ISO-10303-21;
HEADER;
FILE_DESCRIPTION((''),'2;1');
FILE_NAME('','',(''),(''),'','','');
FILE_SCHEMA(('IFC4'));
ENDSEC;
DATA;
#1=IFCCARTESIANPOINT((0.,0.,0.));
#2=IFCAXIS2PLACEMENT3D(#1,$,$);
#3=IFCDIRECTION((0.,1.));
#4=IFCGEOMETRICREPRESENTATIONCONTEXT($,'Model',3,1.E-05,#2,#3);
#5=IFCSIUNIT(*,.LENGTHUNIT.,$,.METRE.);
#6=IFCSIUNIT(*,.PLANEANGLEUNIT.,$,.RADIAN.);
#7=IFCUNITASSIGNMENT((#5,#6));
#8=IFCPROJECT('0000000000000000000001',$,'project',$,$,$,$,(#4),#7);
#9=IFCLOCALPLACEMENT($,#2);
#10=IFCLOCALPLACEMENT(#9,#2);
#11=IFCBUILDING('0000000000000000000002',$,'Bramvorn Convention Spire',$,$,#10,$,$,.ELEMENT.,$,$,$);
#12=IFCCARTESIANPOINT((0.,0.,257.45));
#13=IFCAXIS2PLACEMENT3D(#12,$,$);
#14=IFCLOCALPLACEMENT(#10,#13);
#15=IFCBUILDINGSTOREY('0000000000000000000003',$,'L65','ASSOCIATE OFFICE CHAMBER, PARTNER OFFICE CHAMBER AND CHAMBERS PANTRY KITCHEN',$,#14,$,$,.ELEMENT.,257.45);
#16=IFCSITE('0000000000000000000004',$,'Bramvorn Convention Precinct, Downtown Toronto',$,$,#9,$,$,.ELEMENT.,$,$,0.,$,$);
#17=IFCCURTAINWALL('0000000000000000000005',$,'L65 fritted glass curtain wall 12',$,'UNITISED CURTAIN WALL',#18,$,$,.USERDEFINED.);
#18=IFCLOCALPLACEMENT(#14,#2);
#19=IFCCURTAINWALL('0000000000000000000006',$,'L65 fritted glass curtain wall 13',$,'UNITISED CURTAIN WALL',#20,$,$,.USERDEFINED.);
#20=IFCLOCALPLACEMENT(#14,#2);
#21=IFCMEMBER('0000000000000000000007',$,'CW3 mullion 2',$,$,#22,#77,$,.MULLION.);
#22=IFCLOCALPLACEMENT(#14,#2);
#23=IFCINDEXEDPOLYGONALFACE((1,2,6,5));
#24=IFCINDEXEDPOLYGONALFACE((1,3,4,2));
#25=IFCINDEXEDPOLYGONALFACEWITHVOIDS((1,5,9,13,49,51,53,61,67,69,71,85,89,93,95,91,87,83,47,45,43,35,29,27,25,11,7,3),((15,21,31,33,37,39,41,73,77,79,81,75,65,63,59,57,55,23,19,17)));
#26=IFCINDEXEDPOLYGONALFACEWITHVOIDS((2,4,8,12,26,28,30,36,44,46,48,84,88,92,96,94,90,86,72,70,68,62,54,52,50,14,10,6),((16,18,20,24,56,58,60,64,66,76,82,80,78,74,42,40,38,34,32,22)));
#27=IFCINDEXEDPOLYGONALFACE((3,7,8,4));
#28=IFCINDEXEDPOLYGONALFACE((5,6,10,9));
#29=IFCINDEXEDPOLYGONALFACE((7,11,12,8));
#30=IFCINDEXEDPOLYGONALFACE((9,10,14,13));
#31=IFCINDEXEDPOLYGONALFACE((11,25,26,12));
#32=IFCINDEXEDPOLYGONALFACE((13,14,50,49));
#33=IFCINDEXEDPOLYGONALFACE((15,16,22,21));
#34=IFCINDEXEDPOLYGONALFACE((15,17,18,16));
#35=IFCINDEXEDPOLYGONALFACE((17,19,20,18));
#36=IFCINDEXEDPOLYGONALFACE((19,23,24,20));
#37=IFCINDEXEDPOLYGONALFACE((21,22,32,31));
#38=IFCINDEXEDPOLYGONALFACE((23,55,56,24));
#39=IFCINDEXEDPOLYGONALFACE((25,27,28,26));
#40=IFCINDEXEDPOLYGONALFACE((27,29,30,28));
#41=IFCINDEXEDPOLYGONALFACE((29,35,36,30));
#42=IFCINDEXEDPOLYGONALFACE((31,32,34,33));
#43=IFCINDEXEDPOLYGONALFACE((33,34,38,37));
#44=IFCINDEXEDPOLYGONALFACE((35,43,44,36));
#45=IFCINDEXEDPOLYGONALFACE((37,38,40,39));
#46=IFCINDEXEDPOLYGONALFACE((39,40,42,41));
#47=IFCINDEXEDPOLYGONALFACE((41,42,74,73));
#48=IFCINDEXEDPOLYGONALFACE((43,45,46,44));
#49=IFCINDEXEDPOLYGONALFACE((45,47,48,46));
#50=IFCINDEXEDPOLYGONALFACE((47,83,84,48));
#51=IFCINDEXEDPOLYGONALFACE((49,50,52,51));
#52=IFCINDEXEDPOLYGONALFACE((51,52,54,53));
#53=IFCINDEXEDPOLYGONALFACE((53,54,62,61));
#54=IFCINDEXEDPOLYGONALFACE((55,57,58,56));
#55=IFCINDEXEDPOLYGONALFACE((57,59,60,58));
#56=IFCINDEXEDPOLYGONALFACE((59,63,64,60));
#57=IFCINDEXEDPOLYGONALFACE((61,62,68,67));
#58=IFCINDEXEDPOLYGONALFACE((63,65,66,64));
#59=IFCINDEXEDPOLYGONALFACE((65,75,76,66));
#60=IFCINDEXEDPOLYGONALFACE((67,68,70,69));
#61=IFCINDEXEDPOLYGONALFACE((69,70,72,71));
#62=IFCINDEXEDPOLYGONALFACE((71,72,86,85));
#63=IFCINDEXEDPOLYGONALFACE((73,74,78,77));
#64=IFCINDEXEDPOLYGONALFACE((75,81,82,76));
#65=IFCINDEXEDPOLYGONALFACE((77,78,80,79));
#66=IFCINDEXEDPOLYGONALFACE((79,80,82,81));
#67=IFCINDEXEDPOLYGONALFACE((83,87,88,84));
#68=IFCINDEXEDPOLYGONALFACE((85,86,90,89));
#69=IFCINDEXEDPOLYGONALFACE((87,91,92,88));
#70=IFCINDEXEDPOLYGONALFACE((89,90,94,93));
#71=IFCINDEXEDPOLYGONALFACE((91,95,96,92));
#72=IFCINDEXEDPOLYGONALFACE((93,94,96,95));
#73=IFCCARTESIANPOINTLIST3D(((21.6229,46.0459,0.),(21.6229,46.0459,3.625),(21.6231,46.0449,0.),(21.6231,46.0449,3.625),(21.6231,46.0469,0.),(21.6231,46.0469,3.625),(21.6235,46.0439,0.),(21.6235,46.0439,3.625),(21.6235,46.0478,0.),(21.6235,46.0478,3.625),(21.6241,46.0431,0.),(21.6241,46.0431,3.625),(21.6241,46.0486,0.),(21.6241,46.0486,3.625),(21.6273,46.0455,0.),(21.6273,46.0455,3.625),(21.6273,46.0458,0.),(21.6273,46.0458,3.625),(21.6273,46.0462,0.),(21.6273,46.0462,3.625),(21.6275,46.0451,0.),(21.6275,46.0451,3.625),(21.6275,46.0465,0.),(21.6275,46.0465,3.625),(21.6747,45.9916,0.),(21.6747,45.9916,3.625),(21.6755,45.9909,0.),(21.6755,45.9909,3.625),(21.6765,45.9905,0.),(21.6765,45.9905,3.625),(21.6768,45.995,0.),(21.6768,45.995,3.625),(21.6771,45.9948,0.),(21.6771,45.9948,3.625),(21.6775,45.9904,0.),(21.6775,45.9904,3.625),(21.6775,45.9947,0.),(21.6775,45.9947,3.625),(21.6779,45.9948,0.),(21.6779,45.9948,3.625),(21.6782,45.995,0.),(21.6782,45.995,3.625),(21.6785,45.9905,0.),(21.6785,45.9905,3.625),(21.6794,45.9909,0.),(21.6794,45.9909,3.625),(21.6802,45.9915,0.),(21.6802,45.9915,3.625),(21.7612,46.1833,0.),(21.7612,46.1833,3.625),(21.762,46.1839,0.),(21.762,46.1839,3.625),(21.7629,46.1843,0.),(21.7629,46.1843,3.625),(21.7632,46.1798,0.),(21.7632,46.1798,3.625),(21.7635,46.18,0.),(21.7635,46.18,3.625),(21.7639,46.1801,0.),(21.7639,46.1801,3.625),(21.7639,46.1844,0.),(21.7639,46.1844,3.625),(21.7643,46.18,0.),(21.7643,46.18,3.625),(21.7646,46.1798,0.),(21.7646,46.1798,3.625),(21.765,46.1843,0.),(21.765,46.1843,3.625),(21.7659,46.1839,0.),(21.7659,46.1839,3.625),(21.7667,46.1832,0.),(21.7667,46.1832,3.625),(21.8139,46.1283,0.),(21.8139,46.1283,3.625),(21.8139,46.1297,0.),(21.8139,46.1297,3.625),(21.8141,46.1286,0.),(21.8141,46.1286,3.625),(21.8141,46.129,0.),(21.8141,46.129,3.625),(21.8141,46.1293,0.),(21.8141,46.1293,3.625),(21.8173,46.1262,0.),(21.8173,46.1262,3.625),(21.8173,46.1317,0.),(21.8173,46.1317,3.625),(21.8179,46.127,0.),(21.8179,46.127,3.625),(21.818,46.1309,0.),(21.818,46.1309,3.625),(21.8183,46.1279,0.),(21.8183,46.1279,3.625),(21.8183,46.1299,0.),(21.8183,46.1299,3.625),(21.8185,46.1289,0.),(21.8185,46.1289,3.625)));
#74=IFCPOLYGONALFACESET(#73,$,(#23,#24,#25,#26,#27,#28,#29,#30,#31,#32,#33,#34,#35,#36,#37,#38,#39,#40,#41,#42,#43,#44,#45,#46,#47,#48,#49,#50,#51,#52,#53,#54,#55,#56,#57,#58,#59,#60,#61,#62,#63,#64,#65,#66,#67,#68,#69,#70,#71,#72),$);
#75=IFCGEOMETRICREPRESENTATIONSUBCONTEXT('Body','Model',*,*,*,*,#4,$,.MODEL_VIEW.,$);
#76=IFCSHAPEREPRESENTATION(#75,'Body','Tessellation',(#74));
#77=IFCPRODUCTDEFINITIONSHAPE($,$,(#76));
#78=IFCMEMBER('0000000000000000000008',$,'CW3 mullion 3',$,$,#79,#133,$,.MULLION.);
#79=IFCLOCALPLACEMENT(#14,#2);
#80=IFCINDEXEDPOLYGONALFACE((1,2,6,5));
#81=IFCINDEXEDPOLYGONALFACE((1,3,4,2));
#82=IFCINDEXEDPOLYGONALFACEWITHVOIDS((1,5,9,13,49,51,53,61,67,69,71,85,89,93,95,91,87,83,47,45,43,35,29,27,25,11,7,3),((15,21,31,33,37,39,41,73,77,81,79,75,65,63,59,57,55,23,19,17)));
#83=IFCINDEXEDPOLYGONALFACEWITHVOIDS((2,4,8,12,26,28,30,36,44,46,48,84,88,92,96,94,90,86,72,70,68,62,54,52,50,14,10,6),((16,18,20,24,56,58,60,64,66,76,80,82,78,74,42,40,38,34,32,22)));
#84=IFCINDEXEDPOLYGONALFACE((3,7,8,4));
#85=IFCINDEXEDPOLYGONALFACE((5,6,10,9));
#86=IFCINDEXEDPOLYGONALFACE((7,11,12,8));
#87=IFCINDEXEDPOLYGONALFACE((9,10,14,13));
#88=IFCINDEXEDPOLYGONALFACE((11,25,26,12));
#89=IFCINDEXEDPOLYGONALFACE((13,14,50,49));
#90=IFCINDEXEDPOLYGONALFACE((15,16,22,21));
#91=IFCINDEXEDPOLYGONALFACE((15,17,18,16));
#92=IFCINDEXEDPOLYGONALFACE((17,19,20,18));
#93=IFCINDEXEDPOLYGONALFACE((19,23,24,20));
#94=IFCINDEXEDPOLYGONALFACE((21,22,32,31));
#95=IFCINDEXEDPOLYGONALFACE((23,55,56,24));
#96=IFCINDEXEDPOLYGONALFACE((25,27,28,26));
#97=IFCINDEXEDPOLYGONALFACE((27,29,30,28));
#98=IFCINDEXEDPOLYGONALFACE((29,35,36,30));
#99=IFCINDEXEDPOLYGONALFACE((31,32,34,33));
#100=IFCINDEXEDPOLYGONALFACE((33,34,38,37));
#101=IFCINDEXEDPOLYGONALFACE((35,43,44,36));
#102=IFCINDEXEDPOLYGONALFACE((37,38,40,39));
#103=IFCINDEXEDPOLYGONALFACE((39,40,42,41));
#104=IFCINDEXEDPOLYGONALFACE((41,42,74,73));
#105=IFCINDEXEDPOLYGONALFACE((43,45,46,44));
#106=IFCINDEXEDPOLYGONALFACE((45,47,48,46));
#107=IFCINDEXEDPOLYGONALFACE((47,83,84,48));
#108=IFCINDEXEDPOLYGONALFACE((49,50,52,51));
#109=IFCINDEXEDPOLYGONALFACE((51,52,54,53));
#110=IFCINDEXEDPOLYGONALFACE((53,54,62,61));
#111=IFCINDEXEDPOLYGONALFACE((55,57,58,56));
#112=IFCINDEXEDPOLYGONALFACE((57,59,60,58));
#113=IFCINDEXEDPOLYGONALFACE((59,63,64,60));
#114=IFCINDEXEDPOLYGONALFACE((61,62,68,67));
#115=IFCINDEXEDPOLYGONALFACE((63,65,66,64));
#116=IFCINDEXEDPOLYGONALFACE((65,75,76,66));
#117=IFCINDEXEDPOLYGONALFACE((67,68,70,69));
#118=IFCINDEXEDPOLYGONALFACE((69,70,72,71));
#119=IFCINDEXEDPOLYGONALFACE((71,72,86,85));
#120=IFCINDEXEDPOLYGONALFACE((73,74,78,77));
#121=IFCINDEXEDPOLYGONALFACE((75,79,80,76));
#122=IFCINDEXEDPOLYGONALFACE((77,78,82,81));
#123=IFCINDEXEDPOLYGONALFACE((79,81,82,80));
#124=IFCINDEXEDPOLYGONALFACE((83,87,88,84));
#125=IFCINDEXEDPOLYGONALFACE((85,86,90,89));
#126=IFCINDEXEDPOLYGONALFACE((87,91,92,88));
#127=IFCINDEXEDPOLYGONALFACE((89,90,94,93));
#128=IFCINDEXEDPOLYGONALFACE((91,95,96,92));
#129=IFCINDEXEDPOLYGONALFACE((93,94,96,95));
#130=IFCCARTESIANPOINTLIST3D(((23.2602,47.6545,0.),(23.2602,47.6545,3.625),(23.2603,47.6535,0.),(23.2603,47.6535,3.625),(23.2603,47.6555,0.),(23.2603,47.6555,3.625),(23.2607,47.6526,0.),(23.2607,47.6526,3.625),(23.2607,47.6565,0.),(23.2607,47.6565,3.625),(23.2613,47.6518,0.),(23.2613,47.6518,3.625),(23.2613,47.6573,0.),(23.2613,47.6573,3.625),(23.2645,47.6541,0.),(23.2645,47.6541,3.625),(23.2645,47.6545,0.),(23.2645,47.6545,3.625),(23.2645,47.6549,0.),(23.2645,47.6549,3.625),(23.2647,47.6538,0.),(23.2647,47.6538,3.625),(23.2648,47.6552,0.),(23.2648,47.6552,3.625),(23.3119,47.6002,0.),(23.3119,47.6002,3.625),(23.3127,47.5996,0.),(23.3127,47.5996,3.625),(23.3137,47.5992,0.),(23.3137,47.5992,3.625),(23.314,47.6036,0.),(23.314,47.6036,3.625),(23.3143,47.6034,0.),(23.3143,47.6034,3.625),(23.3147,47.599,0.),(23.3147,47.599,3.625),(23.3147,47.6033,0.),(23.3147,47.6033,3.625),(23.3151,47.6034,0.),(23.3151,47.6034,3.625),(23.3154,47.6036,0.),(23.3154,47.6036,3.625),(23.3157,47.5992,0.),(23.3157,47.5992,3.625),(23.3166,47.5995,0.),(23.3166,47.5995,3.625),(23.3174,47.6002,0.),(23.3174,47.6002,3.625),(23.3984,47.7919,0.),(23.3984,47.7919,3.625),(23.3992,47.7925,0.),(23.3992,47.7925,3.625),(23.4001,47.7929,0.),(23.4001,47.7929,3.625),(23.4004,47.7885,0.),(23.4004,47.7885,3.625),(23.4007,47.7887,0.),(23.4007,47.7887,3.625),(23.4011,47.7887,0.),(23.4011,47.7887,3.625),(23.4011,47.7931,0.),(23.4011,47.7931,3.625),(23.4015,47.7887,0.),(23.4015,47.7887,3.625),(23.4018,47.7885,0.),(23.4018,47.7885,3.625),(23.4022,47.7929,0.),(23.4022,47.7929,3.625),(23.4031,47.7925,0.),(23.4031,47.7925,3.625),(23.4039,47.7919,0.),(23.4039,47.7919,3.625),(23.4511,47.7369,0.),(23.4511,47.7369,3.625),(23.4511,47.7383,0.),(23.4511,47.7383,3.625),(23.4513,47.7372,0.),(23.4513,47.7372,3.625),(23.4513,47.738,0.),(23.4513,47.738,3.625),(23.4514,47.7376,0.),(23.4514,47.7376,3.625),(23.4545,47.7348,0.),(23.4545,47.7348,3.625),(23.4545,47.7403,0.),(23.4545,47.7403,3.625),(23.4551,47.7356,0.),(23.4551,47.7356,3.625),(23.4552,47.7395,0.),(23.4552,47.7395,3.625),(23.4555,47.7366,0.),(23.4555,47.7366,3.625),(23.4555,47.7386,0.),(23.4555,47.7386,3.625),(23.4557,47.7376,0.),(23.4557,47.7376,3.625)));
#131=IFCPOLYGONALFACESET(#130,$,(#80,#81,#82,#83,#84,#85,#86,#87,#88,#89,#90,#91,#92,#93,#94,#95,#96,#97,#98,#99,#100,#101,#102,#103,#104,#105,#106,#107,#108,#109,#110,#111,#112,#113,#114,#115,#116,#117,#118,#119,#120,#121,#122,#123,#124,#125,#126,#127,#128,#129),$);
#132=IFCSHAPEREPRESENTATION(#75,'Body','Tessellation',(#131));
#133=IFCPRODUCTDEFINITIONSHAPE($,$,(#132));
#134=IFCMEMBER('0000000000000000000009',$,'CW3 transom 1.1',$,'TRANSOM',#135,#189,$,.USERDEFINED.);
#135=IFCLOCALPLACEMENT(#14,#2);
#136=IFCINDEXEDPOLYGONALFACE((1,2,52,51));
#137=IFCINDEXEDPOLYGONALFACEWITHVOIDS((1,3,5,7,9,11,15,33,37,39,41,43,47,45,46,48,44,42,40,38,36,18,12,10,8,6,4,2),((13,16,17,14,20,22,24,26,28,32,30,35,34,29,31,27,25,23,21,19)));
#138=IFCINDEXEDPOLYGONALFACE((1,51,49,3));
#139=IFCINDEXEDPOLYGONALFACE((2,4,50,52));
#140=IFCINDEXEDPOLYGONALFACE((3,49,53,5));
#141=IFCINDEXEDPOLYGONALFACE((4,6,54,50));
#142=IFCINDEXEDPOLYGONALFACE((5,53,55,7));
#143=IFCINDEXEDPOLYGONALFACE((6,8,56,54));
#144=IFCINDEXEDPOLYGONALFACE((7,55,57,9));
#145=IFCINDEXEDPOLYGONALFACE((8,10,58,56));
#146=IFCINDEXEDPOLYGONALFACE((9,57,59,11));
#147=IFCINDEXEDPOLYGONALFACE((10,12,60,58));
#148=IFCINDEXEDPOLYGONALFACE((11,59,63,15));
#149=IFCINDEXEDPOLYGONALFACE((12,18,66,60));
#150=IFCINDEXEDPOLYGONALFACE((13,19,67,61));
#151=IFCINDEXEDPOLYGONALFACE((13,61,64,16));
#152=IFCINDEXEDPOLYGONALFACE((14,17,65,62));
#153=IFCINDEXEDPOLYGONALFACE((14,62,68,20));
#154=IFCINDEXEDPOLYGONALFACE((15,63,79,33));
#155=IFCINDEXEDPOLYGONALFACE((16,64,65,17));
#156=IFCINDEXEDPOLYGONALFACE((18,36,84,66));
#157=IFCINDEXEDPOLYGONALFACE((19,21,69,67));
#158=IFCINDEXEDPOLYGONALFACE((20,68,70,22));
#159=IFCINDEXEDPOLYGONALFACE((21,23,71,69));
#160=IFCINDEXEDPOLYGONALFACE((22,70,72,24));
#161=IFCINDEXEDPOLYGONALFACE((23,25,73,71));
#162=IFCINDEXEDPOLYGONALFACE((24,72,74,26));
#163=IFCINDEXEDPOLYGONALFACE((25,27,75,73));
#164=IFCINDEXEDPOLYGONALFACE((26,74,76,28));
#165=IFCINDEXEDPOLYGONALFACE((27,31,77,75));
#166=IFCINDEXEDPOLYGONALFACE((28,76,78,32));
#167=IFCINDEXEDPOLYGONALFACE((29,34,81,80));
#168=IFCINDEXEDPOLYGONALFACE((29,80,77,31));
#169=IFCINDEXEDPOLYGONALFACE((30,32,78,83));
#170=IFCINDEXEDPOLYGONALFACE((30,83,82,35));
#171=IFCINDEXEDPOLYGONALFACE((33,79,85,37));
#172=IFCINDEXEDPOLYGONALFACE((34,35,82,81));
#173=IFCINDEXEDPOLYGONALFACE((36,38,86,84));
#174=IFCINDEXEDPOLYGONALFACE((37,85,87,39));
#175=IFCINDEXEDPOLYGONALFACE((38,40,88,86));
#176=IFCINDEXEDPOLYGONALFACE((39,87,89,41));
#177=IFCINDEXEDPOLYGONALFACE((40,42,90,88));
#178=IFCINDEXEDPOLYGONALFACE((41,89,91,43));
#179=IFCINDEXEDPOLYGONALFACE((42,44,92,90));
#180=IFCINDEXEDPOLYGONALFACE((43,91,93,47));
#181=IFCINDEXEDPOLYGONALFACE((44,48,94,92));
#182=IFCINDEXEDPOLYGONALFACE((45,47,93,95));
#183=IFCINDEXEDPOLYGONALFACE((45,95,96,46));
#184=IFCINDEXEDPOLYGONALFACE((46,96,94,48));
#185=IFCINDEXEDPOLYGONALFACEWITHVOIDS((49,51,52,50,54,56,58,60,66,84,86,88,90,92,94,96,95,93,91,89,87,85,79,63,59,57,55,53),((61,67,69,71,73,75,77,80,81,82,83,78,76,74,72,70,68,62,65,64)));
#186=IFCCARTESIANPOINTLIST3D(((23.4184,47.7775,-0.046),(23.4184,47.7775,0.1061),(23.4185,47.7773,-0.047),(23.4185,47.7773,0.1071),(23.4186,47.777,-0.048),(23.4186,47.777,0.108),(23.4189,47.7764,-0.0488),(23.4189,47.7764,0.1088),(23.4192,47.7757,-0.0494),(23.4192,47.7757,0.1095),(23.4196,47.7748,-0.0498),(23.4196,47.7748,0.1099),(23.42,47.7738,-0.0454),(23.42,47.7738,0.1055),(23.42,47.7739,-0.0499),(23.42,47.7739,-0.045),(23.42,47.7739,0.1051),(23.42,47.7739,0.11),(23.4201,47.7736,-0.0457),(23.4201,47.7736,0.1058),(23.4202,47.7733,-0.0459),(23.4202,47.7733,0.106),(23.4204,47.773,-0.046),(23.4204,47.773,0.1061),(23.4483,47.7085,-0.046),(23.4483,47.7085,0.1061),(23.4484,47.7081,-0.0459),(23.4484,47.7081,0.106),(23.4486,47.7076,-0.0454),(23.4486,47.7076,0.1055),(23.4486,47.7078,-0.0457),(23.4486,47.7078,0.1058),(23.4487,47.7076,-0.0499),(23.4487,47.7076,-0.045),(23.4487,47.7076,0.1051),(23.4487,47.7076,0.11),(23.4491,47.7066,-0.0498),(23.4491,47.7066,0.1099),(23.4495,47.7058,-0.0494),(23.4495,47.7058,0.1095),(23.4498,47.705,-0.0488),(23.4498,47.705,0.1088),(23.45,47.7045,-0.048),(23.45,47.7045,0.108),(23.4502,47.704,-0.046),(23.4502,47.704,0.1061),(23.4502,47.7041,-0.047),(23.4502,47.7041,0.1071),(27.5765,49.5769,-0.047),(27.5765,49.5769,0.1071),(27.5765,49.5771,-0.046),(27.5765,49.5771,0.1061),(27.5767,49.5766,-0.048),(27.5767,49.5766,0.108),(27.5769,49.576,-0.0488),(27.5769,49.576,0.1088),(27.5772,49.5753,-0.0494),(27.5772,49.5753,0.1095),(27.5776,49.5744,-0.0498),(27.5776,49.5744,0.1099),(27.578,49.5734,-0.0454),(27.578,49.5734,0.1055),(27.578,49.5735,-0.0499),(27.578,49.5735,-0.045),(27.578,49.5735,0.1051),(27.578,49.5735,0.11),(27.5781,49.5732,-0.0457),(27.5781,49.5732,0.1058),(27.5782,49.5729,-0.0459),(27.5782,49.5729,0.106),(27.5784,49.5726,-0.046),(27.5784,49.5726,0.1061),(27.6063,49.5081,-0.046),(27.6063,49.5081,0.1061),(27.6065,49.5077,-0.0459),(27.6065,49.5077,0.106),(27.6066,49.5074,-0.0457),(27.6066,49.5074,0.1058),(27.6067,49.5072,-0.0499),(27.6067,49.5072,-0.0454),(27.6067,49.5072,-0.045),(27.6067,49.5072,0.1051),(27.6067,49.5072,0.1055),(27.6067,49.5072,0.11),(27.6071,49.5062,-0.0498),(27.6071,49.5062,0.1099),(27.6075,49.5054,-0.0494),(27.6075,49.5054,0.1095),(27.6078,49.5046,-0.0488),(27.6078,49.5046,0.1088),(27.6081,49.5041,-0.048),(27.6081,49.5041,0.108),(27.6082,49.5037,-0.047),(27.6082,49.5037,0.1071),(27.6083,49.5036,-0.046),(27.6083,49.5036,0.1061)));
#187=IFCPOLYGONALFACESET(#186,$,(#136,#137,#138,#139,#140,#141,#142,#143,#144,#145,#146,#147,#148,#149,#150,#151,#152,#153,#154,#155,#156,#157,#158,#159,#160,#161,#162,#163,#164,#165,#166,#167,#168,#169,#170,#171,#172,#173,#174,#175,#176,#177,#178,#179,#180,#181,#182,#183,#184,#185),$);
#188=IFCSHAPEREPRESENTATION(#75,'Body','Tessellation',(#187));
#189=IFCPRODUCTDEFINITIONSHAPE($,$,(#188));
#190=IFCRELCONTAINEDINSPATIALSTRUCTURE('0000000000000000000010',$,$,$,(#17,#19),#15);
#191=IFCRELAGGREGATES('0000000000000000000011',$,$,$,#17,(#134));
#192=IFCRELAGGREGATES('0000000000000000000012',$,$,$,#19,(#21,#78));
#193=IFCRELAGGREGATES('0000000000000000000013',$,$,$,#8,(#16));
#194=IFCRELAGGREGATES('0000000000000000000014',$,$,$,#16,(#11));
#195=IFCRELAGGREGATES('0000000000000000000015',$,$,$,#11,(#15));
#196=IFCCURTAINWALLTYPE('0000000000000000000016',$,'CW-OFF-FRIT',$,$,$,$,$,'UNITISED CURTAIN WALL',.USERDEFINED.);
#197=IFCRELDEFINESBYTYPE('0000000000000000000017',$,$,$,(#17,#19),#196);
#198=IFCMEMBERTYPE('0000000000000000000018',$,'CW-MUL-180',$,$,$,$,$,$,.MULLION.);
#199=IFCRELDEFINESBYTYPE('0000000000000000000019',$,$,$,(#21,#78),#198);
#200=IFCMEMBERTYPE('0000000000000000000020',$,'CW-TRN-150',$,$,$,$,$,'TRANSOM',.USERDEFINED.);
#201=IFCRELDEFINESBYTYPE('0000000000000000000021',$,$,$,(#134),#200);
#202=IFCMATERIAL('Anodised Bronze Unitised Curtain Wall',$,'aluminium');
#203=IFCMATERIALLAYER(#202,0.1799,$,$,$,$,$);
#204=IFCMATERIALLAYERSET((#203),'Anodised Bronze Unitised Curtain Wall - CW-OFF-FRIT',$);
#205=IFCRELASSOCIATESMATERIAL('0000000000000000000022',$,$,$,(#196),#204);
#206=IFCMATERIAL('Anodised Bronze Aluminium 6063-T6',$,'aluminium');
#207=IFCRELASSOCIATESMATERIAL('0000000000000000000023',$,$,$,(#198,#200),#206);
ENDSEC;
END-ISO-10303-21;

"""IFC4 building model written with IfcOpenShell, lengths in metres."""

from ifc_helpers import new_model, si_unit, direction, frame, origin, origin_2d, place, context, subcontext, project, spatial, hollow_rectangle, extrude, material, layer, layer_set, material_profile, profile_set, type_object, element, aggregate, save


model = new_model("IFC4")

# Units and contexts
model_context = context("Model", 3, precision=1e-05, world=origin(), true_north=direction((0.0, 1.0)))
body_context = subcontext(model_context, "Body", "Model", "MODEL_VIEW")
ifc_project = project(units=[si_unit("LENGTHUNIT", "METRE"), si_unit("PLANEANGLEUNIT", "RADIAN")], contexts=[model_context])

# Site, building, storey
site_placement = place(None, origin())
site = spatial("IfcSite", under=ifc_project, at=site_placement, Name="Bramvorn Convention Precinct, Downtown Toronto", CompositionType="ELEMENT", RefElevation=0.0)
building_placement = place(site_placement, origin())
building = spatial("IfcBuilding", under=site, at=building_placement, Name="Bramvorn Convention Spire", CompositionType="ELEMENT")
storey_placement = place(building_placement, frame((0.0, 0.0, 257.45)))
storey = spatial("IfcBuildingStorey", under=building, at=storey_placement, Name="L65", Description="ASSOCIATE OFFICE CHAMBER, PARTNER OFFICE CHAMBER AND CHAMBERS PANTRY KITCHEN", CompositionType="ELEMENT", Elevation=257.45)

# Curtain walls, members
ifc_material_1 = material(Name="Anodised Bronze Unitised Curtain Wall", Category="aluminium")
ifc_layer_1 = layer(ifc_material_1, 0.1799)
ifc_layer_set_1 = layer_set([ifc_layer_1], Name="Anodised Bronze Unitised Curtain Wall - CW-OFF-FRIT")
curtain_wall_type = type_object("IfcCurtainWallType", Name="CW-OFF-FRIT", ElementType="UNITISED CURTAIN WALL", PredefinedType="USERDEFINED", material=ifc_layer_set_1)
curtain_wall_1_placement = place(storey_placement, origin())
curtain_wall_1 = element("IfcCurtainWall", 1, at=curtain_wall_1_placement, inside=storey, type_object=curtain_wall_type, Name="L65 fritted glass curtain wall 12", ObjectType="UNITISED CURTAIN WALL", PredefinedType="USERDEFINED")
ifc_material_2 = material(Name="Anodised Bronze Aluminium 6063-T6", Category="aluminium")
ifc_material_profile_1 = material_profile(ifc_material_2, hollow_rectangle(XDim=0.0801, YDim=0.2, WallThickness=0.0039, InnerFilletRadius=0.001, OuterFilletRadius=0.0039, at=origin_2d()))
ifc_profile_set_1 = profile_set([ifc_material_profile_1], Name="Anodised Bronze Aluminium 6063-T6 - CWM80X200")
member_type_1 = type_object("IfcMemberType", Name="CW-MUL-180", PredefinedType="MULLION", material=ifc_profile_set_1)
curtain_wall_2_placement = place(storey_placement, origin())
curtain_wall_2 = element("IfcCurtainWall", 2, at=curtain_wall_2_placement, inside=storey, type_object=curtain_wall_type, Name="L65 fritted glass curtain wall 13", ObjectType="UNITISED CURTAIN WALL", PredefinedType="USERDEFINED")
member_1_placement = place(storey_placement, frame((21.7207, 46.0874, 0.0), z_axis=(0.0, 0.0, 1.0), x_axis=(-0.700854, 0.713304, 0.0)))
member_1 = element("IfcMember", 3, at=member_1_placement, type_object=member_type_1, Name="CW3 mullion 2", PredefinedType="MULLION", context=body_context, shape_type="SweptSolid", body=[
    extrude(hollow_rectangle(XDim=0.0801, YDim=0.2, WallThickness=0.0039, InnerFilletRadius=0.001, OuterFilletRadius=0.0039, at=origin_2d()), origin(), (0.0, 0.0, 1.0), 3.625),
])
member_2_placement = place(storey_placement, frame((23.3579, 47.696, 0.0), z_axis=(0.0, 0.0, 1.0), x_axis=(-0.700854, 0.713304, 0.0)))
member_2 = element("IfcMember", 4, at=member_2_placement, type_object=member_type_1, Name="CW3 mullion 3", PredefinedType="MULLION", context=body_context, shape_type="SweptSolid", body=[
    extrude(hollow_rectangle(XDim=0.0801, YDim=0.2, WallThickness=0.0039, InnerFilletRadius=0.001, OuterFilletRadius=0.0039, at=origin_2d()), origin(), (0.0, 0.0, 1.0), 3.625),
])

# Member
ifc_material_profile_2 = material_profile(ifc_material_2, hollow_rectangle(XDim=0.0801, YDim=0.1599, WallThickness=0.0039, InnerFilletRadius=0.001, OuterFilletRadius=0.0039, at=origin_2d()))
ifc_profile_set_2 = profile_set([ifc_material_profile_2], Name="Anodised Bronze Aluminium 6063-T6 - CWT80X160")
member_type_2 = type_object("IfcMemberType", Name="CW-TRN-150", ElementType="TRANSOM", PredefinedType="USERDEFINED", material=ifc_profile_set_2)
member_3_placement = place(storey_placement, frame((23.4343, 47.7407, 0.03), z_axis=(0.917734, 0.397195, 0.0), x_axis=(-0.397195, 0.917734, 0.0)))
member_3 = element("IfcMember", 5, at=member_3_placement, type_object=member_type_2, Name="CW3 transom 1.1", ObjectType="TRANSOM", PredefinedType="USERDEFINED", context=body_context, shape_type="SweptSolid", body=[
    extrude(hollow_rectangle(XDim=0.0801, YDim=0.1599, WallThickness=0.0039, InnerFilletRadius=0.001, OuterFilletRadius=0.0039, at=origin_2d()), origin(), (0.0, 0.0, 1.0), 4.5308),
])

aggregate(curtain_wall_1, [member_3])
aggregate(curtain_wall_2, [member_1, member_2])

save(model, "model.ifc")
